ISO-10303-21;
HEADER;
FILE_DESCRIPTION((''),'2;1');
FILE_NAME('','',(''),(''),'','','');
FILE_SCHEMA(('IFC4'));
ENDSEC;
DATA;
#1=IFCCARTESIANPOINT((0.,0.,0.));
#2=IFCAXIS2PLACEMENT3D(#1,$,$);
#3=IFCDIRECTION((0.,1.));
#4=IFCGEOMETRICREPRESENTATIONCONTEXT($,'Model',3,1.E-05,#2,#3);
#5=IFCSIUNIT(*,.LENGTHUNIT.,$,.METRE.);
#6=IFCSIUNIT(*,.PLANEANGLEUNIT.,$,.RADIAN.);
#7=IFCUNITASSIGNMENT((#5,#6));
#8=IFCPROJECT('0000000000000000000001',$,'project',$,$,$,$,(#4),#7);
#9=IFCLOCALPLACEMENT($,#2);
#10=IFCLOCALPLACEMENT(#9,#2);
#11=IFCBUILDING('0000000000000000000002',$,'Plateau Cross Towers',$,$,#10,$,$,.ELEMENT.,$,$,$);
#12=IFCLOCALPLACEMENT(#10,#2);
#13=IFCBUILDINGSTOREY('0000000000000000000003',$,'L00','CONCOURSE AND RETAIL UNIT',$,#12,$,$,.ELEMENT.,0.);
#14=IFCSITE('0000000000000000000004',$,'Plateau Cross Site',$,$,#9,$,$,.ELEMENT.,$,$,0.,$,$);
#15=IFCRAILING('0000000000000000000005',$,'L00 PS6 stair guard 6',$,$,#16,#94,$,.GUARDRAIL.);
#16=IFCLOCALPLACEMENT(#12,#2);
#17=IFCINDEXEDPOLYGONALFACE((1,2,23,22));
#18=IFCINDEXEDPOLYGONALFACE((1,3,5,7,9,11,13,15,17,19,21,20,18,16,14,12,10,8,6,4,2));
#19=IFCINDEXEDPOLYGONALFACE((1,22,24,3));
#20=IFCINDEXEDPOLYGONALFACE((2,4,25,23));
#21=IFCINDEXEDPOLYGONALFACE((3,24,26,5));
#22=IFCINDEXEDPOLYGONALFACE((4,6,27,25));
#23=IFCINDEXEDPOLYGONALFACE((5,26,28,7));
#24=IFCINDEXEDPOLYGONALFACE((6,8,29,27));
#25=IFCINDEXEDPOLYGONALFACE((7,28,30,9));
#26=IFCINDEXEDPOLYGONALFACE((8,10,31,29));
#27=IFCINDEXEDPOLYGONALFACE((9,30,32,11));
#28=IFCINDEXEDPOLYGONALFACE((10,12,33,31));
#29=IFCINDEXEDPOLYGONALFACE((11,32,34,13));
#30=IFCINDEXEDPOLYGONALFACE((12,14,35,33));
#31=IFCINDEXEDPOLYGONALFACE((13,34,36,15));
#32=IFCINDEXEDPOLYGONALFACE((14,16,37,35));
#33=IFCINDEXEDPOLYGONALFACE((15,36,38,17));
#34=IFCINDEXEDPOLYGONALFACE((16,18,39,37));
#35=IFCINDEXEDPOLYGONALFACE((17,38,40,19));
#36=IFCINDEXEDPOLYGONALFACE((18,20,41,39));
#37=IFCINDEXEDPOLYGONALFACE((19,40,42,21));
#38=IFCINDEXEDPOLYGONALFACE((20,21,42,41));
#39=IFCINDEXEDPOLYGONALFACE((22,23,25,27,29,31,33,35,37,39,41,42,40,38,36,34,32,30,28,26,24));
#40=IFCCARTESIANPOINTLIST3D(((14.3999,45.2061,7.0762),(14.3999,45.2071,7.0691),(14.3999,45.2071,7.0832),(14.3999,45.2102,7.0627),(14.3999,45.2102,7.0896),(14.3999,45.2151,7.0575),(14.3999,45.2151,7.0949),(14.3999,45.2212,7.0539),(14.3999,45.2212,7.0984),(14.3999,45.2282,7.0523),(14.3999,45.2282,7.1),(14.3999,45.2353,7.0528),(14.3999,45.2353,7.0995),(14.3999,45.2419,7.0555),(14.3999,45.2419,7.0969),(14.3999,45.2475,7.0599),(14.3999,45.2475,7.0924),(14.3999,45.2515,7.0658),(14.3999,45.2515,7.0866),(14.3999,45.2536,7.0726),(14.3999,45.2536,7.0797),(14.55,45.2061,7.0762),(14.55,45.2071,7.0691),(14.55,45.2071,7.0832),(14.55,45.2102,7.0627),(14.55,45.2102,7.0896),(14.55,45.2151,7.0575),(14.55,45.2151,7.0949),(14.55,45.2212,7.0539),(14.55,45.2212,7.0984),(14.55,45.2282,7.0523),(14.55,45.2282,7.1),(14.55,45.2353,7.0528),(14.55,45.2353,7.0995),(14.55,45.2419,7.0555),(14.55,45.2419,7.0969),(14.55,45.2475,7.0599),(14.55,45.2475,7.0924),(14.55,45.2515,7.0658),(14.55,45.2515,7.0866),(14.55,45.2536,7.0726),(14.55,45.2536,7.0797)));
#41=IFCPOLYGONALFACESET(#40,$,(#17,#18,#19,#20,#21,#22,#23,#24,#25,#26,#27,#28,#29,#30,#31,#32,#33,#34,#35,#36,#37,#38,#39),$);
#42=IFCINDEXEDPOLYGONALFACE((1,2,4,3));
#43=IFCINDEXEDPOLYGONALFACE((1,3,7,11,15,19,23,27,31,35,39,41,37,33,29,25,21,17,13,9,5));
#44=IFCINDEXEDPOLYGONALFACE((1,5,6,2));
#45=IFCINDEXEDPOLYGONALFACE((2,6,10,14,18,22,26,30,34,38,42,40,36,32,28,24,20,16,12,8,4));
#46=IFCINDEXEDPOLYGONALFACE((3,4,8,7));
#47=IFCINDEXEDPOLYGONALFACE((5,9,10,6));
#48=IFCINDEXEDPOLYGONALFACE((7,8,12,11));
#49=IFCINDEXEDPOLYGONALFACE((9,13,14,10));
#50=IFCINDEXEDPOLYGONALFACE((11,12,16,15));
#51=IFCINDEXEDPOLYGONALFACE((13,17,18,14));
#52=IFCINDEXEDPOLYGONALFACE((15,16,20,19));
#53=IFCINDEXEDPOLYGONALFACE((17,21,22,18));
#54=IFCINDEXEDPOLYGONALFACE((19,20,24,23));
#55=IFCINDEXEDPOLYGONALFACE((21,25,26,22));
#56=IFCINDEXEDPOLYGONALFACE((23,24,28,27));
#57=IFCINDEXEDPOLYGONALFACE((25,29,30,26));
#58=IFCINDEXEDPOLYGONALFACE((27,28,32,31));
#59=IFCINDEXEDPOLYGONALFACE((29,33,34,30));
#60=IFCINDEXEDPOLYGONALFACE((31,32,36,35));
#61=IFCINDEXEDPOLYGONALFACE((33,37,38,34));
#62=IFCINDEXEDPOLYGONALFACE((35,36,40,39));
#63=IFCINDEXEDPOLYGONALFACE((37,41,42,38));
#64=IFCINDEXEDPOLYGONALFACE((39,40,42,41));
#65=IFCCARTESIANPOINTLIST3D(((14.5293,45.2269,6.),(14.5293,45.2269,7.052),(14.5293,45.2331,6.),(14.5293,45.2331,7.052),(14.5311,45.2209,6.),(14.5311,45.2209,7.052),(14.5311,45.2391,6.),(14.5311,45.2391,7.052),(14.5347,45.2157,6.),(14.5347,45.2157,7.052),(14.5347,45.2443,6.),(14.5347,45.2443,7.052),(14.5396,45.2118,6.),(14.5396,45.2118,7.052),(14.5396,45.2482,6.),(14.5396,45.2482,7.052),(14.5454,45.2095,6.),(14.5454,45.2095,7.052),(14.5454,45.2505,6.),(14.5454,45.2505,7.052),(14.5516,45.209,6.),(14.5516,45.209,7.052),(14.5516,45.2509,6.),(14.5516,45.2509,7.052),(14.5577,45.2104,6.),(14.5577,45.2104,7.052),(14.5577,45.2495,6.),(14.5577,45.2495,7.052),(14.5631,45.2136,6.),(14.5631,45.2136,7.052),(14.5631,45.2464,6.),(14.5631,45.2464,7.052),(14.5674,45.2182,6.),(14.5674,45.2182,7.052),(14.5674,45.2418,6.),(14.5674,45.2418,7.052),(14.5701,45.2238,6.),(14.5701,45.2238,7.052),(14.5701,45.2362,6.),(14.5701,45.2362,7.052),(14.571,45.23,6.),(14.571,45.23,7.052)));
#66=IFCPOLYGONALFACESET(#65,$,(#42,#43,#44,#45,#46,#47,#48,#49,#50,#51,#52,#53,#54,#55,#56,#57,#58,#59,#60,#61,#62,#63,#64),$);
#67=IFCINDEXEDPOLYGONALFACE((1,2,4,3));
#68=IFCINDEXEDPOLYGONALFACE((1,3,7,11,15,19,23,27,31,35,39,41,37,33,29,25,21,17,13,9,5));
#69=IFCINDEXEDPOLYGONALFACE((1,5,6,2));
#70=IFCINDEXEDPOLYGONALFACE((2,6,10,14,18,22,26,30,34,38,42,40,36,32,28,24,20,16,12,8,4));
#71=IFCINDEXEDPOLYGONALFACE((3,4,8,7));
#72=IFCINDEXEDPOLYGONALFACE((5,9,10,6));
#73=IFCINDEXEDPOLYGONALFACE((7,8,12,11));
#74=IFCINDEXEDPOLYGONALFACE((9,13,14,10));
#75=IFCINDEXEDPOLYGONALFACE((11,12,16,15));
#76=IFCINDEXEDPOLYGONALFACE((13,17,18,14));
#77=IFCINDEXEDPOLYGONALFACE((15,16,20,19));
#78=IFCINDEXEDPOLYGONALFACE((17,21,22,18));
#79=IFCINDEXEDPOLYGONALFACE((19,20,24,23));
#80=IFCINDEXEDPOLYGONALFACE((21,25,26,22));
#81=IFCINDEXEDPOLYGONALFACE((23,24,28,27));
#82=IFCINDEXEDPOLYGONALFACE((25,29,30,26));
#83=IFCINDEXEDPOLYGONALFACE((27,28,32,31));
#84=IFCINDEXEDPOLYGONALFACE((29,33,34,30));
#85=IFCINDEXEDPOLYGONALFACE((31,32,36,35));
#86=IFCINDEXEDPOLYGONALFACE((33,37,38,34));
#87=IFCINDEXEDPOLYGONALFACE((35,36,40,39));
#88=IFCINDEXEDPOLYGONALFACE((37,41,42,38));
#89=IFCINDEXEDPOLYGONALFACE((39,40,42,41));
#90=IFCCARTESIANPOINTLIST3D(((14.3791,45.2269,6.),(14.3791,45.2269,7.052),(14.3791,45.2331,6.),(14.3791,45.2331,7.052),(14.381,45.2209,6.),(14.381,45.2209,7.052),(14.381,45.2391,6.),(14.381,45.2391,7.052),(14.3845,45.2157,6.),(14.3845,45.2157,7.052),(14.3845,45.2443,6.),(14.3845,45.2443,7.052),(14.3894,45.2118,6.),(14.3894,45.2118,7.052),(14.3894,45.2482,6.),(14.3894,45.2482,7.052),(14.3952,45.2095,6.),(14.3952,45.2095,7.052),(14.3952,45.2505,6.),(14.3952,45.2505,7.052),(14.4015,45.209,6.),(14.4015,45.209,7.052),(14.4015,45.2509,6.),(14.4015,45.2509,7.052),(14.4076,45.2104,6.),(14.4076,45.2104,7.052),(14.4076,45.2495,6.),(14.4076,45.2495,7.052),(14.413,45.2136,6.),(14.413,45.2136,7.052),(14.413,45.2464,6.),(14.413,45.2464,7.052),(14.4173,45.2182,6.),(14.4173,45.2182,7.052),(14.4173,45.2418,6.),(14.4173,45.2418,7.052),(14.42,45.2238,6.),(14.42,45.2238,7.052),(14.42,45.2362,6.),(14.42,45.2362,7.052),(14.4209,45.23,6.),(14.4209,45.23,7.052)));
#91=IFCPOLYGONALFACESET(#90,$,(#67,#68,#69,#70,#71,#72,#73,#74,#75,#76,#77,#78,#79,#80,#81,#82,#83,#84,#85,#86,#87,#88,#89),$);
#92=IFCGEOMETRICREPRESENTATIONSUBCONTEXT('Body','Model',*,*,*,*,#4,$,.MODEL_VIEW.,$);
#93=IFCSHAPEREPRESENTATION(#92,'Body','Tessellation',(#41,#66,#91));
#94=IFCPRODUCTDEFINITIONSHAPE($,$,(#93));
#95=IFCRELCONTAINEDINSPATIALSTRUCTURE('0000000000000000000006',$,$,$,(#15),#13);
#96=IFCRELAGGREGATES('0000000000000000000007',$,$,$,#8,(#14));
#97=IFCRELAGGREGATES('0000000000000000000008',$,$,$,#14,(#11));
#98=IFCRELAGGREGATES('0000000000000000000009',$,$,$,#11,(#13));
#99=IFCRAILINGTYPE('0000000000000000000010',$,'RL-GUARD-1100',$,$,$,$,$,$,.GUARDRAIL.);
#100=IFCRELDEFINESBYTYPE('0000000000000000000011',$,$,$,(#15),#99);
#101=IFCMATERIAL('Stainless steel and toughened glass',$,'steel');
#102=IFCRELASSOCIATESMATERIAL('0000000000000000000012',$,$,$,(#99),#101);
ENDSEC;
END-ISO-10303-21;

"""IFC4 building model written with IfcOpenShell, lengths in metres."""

from ifc_helpers import new_model, si_unit, direction, frame, origin, origin_2d, place, context, subcontext, project, spatial, circle, extrude, material, type_object, element, save


model = new_model("IFC4")

# Units and contexts
model_context = context("Model", 3, precision=1e-05, world=origin(), true_north=direction((0.0, 1.0)))
body_context = subcontext(model_context, "Body", "Model", "MODEL_VIEW")
ifc_project = project(units=[si_unit("LENGTHUNIT", "METRE"), si_unit("PLANEANGLEUNIT", "RADIAN")], contexts=[model_context])

# Site, building, storey
site_placement = place(None, origin())
site = spatial("IfcSite", under=ifc_project, at=site_placement, Name="Plateau Cross Site", CompositionType="ELEMENT", RefElevation=0.0)
building_placement = place(site_placement, origin())
building = spatial("IfcBuilding", under=site, at=building_placement, Name="Plateau Cross Towers", CompositionType="ELEMENT")
storey_placement = place(building_placement, origin())
storey = spatial("IfcBuildingStorey", under=building, at=storey_placement, Name="L00", Description="CONCOURSE AND RETAIL UNIT", CompositionType="ELEMENT", Elevation=0.0)

# Railing
ifc_material_1 = material(Name="Stainless steel and toughened glass", Category="steel")
railing_type_1 = type_object("IfcRailingType", Name="RL-GUARD-1100", PredefinedType="GUARDRAIL", material=ifc_material_1)
for number, where, name in (
    (1, (14.55, 45.23, 6.0), "L00 PS6 stair guard 6"),
):
    element("IfcRailing", number, at=place(storey_placement, frame(where)), inside=storey, type_object=railing_type_1, Name=name, PredefinedType="GUARDRAIL", context=body_context, shape_type="SweptSolid", body=[
        extrude(circle(Radius=0.0239, at=origin_2d()), frame((0.0, 0.0, 1.0762), z_axis=(-1.0, 0.0, 0.0), x_axis=(0.0, -1.0, 0.0)), (0.0, 0.0, 1.0), 0.1501),
        extrude(circle(Radius=0.021, at=origin_2d()), origin(), (0.0, 0.0, 1.0), 1.052),
        extrude(circle(Radius=0.021, at=origin_2d()), frame((-0.1501, 0.0, 0.0)), (0.0, 0.0, 1.0), 1.052),
    ])

save(model, "model.ifc")
